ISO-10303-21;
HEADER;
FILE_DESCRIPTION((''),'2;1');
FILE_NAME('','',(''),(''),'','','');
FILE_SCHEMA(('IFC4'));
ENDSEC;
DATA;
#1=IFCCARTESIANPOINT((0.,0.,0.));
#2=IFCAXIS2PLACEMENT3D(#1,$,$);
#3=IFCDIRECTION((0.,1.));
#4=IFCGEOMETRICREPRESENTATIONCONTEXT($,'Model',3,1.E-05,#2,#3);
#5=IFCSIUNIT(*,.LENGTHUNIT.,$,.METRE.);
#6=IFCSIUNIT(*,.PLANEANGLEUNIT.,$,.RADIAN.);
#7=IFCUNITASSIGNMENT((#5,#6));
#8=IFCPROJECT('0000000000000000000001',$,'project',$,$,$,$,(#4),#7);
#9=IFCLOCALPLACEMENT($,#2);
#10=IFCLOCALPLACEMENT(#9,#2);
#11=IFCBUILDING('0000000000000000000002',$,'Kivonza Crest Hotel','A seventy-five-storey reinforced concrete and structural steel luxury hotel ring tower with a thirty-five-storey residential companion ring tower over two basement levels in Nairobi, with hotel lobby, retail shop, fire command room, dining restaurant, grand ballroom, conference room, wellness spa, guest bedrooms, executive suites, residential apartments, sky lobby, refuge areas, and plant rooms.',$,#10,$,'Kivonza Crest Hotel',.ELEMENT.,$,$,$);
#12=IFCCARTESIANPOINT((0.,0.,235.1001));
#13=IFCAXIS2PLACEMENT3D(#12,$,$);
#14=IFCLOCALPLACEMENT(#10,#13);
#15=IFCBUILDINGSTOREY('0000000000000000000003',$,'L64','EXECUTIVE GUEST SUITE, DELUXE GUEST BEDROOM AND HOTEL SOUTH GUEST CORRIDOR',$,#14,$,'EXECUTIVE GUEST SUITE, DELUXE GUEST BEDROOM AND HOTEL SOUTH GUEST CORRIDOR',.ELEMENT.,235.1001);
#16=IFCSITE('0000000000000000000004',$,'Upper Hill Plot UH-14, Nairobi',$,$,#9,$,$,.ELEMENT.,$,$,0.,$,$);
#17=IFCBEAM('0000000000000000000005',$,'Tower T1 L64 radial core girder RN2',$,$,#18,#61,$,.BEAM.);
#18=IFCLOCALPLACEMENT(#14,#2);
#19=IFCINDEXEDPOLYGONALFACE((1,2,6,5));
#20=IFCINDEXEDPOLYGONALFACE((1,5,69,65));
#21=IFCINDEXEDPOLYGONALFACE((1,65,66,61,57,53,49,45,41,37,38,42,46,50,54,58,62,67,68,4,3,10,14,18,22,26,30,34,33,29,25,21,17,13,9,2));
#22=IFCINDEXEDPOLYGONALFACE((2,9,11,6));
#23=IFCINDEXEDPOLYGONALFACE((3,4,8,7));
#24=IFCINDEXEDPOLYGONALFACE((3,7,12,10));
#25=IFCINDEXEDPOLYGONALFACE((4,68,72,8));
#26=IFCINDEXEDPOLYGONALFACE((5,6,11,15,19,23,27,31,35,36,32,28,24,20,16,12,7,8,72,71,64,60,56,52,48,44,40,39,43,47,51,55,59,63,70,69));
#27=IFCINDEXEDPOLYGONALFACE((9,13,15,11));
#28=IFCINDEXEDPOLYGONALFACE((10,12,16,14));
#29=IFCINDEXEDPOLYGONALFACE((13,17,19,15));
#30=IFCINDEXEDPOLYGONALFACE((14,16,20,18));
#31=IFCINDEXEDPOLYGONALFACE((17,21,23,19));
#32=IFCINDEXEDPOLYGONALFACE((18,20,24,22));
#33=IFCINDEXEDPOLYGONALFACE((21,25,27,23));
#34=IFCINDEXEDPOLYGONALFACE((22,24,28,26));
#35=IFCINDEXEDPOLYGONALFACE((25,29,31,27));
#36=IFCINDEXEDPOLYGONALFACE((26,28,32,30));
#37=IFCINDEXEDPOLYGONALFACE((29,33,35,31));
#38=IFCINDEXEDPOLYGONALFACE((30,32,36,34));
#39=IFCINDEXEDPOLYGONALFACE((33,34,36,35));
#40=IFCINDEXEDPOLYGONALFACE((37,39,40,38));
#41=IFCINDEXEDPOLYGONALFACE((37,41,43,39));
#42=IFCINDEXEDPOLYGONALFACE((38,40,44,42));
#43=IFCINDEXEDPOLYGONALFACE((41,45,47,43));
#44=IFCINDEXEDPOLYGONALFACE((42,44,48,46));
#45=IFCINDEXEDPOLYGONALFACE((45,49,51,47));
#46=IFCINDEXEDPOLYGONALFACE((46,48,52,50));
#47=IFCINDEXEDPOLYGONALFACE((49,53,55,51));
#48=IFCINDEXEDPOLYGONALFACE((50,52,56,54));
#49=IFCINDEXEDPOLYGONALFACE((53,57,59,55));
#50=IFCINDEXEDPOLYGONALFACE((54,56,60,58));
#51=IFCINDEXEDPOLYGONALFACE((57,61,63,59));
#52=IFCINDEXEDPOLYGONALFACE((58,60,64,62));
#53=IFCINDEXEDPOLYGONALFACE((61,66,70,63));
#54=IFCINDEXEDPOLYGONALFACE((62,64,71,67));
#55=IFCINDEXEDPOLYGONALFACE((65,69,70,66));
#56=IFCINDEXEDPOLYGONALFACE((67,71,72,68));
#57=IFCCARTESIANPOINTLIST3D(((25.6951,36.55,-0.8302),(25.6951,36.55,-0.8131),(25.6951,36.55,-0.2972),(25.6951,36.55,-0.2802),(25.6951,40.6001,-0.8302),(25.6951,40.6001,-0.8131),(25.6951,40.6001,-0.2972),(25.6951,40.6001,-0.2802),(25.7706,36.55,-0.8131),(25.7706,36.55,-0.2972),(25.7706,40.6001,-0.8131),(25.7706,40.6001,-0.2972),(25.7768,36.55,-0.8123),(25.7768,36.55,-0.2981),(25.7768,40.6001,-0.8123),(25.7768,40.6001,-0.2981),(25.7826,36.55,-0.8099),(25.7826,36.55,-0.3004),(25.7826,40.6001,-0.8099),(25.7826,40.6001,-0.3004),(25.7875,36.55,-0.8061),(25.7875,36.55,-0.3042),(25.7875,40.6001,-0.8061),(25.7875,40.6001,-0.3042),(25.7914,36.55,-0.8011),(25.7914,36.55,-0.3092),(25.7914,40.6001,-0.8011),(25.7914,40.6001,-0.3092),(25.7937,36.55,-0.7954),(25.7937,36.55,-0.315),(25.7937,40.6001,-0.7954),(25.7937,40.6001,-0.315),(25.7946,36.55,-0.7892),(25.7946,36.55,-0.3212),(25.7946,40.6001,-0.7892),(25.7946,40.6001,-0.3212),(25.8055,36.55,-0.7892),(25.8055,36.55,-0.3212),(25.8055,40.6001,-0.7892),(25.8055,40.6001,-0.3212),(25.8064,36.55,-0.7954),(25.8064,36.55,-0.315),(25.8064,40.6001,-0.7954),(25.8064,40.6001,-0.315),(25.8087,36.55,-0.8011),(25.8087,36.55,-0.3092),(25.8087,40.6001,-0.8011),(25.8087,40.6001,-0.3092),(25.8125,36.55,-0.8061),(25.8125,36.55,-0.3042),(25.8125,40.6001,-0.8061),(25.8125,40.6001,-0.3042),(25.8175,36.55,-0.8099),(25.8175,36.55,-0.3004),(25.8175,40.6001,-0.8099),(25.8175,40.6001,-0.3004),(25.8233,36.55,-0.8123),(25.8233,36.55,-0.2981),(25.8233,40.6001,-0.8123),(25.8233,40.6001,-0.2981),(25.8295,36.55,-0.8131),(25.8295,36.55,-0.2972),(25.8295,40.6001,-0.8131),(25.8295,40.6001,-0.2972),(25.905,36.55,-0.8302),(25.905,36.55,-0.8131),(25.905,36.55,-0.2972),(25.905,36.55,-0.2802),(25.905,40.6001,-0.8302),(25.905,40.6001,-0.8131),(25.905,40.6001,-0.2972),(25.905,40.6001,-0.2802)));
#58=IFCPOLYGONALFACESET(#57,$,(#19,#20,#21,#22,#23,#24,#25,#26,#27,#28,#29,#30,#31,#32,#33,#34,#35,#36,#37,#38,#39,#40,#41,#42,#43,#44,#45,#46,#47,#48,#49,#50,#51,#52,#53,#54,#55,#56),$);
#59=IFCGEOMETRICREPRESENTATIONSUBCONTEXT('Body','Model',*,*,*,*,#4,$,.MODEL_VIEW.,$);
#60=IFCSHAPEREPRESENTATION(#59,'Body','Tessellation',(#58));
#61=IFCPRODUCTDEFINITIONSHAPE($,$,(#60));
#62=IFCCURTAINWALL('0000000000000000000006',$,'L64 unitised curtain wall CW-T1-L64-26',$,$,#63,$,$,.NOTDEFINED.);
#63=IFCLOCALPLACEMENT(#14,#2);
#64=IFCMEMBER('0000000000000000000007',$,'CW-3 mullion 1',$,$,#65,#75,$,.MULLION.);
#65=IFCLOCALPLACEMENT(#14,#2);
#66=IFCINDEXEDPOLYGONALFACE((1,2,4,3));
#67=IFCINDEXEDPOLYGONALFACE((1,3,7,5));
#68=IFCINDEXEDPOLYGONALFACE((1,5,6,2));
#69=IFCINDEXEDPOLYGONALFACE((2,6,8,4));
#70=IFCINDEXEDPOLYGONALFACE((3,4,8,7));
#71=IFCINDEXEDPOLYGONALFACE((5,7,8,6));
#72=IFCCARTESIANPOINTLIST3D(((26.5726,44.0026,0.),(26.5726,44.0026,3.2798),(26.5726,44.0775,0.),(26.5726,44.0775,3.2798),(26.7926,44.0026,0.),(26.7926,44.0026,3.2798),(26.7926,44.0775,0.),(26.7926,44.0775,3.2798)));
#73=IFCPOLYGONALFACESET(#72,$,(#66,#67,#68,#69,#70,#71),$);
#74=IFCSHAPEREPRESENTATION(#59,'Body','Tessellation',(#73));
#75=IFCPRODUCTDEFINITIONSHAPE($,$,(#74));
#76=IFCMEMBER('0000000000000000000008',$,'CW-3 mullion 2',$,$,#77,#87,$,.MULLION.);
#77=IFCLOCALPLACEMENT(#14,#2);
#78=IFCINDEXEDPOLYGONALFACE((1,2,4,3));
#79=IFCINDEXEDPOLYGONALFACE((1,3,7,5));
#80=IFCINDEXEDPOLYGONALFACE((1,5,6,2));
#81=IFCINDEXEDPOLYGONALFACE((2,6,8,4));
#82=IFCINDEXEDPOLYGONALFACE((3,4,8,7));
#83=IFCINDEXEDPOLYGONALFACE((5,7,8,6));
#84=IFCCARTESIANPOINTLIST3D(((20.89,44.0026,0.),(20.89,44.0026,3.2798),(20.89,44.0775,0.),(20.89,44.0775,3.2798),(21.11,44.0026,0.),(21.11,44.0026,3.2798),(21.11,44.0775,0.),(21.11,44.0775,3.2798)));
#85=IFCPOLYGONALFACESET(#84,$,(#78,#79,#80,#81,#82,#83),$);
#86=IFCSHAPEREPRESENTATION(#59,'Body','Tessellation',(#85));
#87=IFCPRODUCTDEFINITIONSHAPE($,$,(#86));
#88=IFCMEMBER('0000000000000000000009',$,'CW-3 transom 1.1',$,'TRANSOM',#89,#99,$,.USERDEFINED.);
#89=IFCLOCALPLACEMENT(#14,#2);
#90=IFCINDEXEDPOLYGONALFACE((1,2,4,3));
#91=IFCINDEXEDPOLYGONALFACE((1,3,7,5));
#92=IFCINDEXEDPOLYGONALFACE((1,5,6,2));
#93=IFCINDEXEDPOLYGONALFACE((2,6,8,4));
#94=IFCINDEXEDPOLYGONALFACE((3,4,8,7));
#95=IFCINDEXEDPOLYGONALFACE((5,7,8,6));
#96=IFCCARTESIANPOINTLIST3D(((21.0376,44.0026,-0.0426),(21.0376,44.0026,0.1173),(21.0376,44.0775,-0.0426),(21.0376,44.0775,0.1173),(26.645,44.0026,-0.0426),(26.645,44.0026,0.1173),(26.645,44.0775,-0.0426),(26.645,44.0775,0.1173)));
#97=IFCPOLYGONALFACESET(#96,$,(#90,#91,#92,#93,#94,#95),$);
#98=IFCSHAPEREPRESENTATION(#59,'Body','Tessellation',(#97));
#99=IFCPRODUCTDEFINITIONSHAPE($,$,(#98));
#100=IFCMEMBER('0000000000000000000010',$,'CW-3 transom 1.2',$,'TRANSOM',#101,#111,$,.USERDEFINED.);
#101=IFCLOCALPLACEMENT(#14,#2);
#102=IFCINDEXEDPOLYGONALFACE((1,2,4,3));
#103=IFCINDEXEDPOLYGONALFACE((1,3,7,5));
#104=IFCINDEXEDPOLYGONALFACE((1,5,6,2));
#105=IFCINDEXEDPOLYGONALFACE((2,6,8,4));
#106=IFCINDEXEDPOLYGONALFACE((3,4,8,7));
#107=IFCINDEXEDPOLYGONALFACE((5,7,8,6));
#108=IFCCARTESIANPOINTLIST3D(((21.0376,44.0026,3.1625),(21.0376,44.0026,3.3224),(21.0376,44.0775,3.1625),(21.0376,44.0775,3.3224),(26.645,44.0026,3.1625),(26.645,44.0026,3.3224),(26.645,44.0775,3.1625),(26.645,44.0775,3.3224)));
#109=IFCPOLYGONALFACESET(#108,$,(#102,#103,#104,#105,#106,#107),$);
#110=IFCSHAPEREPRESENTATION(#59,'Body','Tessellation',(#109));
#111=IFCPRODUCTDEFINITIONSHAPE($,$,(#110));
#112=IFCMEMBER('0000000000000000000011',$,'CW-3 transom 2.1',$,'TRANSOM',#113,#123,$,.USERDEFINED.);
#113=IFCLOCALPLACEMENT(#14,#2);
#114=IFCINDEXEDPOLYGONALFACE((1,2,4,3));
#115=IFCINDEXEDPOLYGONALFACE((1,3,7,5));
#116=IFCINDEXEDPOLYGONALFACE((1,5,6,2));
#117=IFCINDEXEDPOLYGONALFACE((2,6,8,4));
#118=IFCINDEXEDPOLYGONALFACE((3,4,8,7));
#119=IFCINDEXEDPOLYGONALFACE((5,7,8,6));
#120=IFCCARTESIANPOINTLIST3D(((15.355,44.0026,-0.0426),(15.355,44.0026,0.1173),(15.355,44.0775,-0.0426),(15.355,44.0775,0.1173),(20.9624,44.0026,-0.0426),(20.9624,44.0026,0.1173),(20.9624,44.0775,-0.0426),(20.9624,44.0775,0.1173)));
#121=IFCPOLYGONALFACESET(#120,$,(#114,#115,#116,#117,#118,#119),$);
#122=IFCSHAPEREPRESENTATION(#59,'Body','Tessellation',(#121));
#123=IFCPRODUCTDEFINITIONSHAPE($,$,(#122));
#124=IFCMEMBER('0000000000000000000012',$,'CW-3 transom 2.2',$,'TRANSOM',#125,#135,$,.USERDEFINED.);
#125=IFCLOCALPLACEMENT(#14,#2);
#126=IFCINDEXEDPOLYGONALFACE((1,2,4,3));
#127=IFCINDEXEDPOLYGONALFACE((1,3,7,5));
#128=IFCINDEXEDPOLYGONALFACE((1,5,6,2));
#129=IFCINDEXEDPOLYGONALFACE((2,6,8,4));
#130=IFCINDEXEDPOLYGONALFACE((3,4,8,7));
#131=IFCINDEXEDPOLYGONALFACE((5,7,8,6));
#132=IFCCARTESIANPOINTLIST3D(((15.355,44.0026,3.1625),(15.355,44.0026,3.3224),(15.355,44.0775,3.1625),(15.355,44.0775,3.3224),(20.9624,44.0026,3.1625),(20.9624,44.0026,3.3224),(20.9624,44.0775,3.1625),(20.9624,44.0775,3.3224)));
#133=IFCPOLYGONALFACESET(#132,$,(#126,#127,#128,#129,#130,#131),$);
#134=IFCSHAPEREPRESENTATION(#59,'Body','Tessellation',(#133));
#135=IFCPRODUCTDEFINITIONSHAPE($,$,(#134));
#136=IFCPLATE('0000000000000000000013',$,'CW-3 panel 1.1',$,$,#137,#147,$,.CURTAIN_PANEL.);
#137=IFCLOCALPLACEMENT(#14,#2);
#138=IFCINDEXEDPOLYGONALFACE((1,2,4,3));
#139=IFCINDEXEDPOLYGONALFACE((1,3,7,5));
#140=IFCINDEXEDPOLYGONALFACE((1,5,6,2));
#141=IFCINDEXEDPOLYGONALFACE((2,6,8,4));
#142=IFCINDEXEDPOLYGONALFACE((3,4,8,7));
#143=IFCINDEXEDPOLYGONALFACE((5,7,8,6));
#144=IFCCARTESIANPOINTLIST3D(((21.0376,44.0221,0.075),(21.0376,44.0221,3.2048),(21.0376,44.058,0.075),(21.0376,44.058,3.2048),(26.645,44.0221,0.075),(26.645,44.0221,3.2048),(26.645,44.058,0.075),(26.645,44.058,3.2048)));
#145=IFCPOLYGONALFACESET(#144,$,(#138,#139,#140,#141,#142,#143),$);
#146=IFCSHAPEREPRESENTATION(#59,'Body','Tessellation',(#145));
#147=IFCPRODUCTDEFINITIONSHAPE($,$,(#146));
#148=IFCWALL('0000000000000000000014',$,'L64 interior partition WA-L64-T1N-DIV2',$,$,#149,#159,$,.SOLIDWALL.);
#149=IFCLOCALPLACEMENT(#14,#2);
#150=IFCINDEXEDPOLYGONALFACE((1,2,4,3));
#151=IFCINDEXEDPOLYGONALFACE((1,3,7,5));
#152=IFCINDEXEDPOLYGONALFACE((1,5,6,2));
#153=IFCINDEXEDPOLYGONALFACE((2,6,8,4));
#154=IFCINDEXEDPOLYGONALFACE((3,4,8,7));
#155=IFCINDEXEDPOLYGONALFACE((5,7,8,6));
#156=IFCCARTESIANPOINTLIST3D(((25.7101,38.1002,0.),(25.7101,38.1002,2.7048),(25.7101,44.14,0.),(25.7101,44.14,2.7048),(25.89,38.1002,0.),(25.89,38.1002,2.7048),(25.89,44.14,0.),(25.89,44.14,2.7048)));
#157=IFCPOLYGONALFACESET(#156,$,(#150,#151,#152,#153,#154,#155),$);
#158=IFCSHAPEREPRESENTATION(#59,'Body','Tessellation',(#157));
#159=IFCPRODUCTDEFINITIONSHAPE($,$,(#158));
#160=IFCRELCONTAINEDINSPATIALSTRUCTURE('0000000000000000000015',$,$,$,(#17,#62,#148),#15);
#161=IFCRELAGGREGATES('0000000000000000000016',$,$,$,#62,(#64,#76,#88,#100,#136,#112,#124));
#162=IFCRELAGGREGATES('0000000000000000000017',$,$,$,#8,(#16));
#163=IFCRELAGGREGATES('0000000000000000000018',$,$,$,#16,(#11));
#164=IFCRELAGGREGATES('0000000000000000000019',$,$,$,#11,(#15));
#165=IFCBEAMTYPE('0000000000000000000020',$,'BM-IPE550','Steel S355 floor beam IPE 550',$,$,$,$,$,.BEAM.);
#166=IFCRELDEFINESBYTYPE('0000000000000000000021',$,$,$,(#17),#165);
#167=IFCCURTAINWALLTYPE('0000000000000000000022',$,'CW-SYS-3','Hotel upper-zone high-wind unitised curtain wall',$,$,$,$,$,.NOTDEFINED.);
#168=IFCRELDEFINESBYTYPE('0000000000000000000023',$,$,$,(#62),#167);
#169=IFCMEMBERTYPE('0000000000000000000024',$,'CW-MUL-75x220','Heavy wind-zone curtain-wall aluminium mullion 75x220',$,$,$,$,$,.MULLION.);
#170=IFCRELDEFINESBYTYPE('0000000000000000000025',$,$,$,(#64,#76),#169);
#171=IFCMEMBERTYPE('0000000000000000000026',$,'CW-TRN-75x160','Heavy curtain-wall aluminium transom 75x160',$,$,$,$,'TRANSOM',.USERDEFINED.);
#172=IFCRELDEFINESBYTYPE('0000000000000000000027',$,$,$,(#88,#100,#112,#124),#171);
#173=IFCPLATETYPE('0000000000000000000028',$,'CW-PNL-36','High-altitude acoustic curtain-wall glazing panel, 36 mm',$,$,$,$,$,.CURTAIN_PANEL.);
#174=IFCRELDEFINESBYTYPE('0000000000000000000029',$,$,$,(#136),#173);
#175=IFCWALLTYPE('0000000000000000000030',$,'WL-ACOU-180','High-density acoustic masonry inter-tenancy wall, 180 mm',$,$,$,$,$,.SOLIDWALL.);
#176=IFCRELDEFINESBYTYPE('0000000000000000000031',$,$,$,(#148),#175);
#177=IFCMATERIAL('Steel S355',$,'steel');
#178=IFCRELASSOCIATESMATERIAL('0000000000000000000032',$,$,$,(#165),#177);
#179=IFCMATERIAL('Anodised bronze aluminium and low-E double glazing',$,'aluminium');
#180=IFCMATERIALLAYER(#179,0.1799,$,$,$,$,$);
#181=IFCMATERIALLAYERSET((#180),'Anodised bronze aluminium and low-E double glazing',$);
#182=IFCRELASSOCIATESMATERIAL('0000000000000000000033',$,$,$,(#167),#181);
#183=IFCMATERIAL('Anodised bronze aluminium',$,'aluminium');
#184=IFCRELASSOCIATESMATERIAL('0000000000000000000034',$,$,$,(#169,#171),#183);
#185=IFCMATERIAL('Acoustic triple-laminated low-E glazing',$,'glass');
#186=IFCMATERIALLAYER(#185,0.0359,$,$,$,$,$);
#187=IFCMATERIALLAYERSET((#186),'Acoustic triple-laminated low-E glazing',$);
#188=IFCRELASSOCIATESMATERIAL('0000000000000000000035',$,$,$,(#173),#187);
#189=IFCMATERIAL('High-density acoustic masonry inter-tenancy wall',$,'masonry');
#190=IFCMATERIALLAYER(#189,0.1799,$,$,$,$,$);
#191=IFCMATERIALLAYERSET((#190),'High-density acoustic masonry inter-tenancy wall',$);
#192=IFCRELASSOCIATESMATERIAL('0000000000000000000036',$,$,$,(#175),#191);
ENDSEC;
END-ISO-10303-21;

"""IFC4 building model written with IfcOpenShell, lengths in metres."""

from ifc_helpers import new_model, si_unit, direction, frame, frame_2d, origin, origin_2d, place, context, subcontext, project, spatial, rectangle, i_section, extrude, material, layer, layer_set, material_profile, profile_set, type_object, element, aggregate, save


model = new_model("IFC4")

# Units and contexts
model_context = context("Model", 3, precision=1e-05, world=origin(), true_north=direction((0.0, 1.0)))
body_context = subcontext(model_context, "Body", "Model", "MODEL_VIEW")
ifc_project = project(units=[si_unit("LENGTHUNIT", "METRE"), si_unit("PLANEANGLEUNIT", "RADIAN")], contexts=[model_context])

# Site, building, storey
site_placement = place(None, origin())
site = spatial("IfcSite", under=ifc_project, at=site_placement, Name="Upper Hill Plot UH-14, Nairobi", CompositionType="ELEMENT", RefElevation=0.0)
building_placement = place(site_placement, origin())
building = spatial("IfcBuilding", under=site, at=building_placement, Name="Kivonza Crest Hotel", Description="A seventy-five-storey reinforced concrete and structural steel luxury hotel ring tower with a thirty-five-storey residential companion ring tower over two basement levels in Nairobi, with hotel lobby, retail shop, fire command room, dining restaurant, grand ballroom, conference room, wellness spa, guest bedrooms, executive suites, residential apartments, sky lobby, refuge areas, and plant rooms.", LongName="Kivonza Crest Hotel", CompositionType="ELEMENT")
storey_placement = place(building_placement, frame((0.0, 0.0, 235.1001)))
storey = spatial("IfcBuildingStorey", under=building, at=storey_placement, Name="L64", Description="EXECUTIVE GUEST SUITE, DELUXE GUEST BEDROOM AND HOTEL SOUTH GUEST CORRIDOR", LongName="EXECUTIVE GUEST SUITE, DELUXE GUEST BEDROOM AND HOTEL SOUTH GUEST CORRIDOR", CompositionType="ELEMENT", Elevation=235.1001)

# Beam
ifc_material_1 = material(Name="Steel S355", Category="steel")
ifc_material_profile_1 = material_profile(ifc_material_1, i_section(OverallWidth=0.21, OverallDepth=0.55, WebThickness=0.011, FlangeThickness=0.0171, FilletRadius=0.0239, at=origin_2d()), Name="IPE 550")
ifc_profile_set_1 = profile_set([ifc_material_profile_1], Name="Steel S355")
beam_type_1 = type_object("IfcBeamType", Name="BM-IPE550", Description="Steel S355 floor beam IPE 550", PredefinedType="BEAM", material=ifc_profile_set_1)
beam_1_placement = place(storey_placement, frame((25.8, 40.6001, -0.5552), z_axis=(0.0, -1.0, 0.0), x_axis=(1.0, 0.0, 0.0)))
element("IfcBeam", 1, at=beam_1_placement, inside=storey, type_object=beam_type_1, Name="Tower T1 L64 radial core girder RN2", PredefinedType="BEAM", context=body_context, shape_type="SweptSolid", body=[
    extrude(i_section(OverallWidth=0.21, OverallDepth=0.55, WebThickness=0.011, FlangeThickness=0.0171, FilletRadius=0.0239, at=origin_2d()), origin(), (0.0, 0.0, 1.0), 4.05),
])

# Curtain wall, members, plate
ifc_material_2 = material(Name="Anodised bronze aluminium and low-E double glazing", Category="aluminium")
ifc_layer_1 = layer(ifc_material_2, 0.1799)
ifc_layer_set_1 = layer_set([ifc_layer_1], Name="Anodised bronze aluminium and low-E double glazing")
curtain_wall_type = type_object("IfcCurtainWallType", Name="CW-SYS-3", Description="Hotel upper-zone high-wind unitised curtain wall", PredefinedType="NOTDEFINED", material=ifc_layer_set_1)
curtain_wall_placement = place(storey_placement, origin())
curtain_wall = element("IfcCurtainWall", 2, at=curtain_wall_placement, inside=storey, type_object=curtain_wall_type, Name="L64 unitised curtain wall CW-T1-L64-26", PredefinedType="NOTDEFINED")
ifc_material_3 = material(Name="Anodised bronze aluminium", Category="aluminium")
ifc_material_profile_2 = material_profile(ifc_material_3, rectangle(XDim=0.075, YDim=0.22, at=origin_2d()), Name="CW-M 75x220")
ifc_profile_set_2 = profile_set([ifc_material_profile_2], Name="Anodised bronze aluminium")
member_type_1 = type_object("IfcMemberType", Name="CW-MUL-75x220", Description="Heavy wind-zone curtain-wall aluminium mullion 75x220", PredefinedType="MULLION", material=ifc_profile_set_2)
member_1_placement = place(storey_placement, frame((26.6826, 44.04, 0.0), z_axis=(0.0, 0.0, 1.0), x_axis=(0.0, -1.0, 0.0)))
member_1 = element("IfcMember", 3, at=member_1_placement, type_object=member_type_1, Name="CW-3 mullion 1", PredefinedType="MULLION", context=body_context, shape_type="SweptSolid", body=[
    extrude(rectangle(XDim=0.075, YDim=0.22, at=origin_2d()), origin(), (0.0, 0.0, 1.0), 3.2798),
])
member_2_placement = place(storey_placement, frame((21.0, 44.04, 0.0), z_axis=(0.0, 0.0, 1.0), x_axis=(0.0, -1.0, 0.0)))
member_2 = element("IfcMember", 4, at=member_2_placement, type_object=member_type_1, Name="CW-3 mullion 2", PredefinedType="MULLION", context=body_context, shape_type="SweptSolid", body=[
    extrude(rectangle(XDim=0.075, YDim=0.22, at=origin_2d()), origin(), (0.0, 0.0, 1.0), 3.2798),
])
ifc_material_profile_3 = material_profile(ifc_material_3, rectangle(XDim=0.075, YDim=0.1599, at=origin_2d()), Name="CW-T 75x160")
ifc_profile_set_3 = profile_set([ifc_material_profile_3], Name="Anodised bronze aluminium")
member_type_2 = type_object("IfcMemberType", Name="CW-TRN-75x160", Description="Heavy curtain-wall aluminium transom 75x160", ElementType="TRANSOM", PredefinedType="USERDEFINED", material=ifc_profile_set_3)
member_3_placement = place(storey_placement, frame((26.645, 44.04, 0.0374), z_axis=(-1.0, 0.0, 0.0), x_axis=(0.0, -1.0, 0.0)))
member_3 = element("IfcMember", 5, at=member_3_placement, type_object=member_type_2, Name="CW-3 transom 1.1", ObjectType="TRANSOM", PredefinedType="USERDEFINED", context=body_context, shape_type="SweptSolid", body=[
    extrude(rectangle(XDim=0.075, YDim=0.1599, at=origin_2d()), origin(), (0.0, 0.0, 1.0), 5.6074),
])
member_4_placement = place(storey_placement, frame((26.645, 44.04, 3.2424), z_axis=(-1.0, 0.0, 0.0), x_axis=(0.0, -1.0, 0.0)))
member_4 = element("IfcMember", 6, at=member_4_placement, type_object=member_type_2, Name="CW-3 transom 1.2", ObjectType="TRANSOM", PredefinedType="USERDEFINED", context=body_context, shape_type="SweptSolid", body=[
    extrude(rectangle(XDim=0.075, YDim=0.1599, at=origin_2d()), origin(), (0.0, 0.0, 1.0), 5.6074),
])
member_5_placement = place(storey_placement, frame((20.9624, 44.04, 0.0374), z_axis=(-1.0, 0.0, 0.0), x_axis=(0.0, -1.0, 0.0)))
member_5 = element("IfcMember", 7, at=member_5_placement, type_object=member_type_2, Name="CW-3 transom 2.1", ObjectType="TRANSOM", PredefinedType="USERDEFINED", context=body_context, shape_type="SweptSolid", body=[
    extrude(rectangle(XDim=0.075, YDim=0.1599, at=origin_2d()), origin(), (0.0, 0.0, 1.0), 5.6074),
])
member_6_placement = place(storey_placement, frame((20.9624, 44.04, 3.2424), z_axis=(-1.0, 0.0, 0.0), x_axis=(0.0, -1.0, 0.0)))
member_6 = element("IfcMember", 8, at=member_6_placement, type_object=member_type_2, Name="CW-3 transom 2.2", ObjectType="TRANSOM", PredefinedType="USERDEFINED", context=body_context, shape_type="SweptSolid", body=[
    extrude(rectangle(XDim=0.075, YDim=0.1599, at=origin_2d()), origin(), (0.0, 0.0, 1.0), 5.6074),
])
ifc_material_4 = material(Name="Acoustic triple-laminated low-E glazing", Category="glass")
ifc_layer_2 = layer(ifc_material_4, 0.0359)
ifc_layer_set_2 = layer_set([ifc_layer_2], Name="Acoustic triple-laminated low-E glazing")
plate_type = type_object("IfcPlateType", Name="CW-PNL-36", Description="High-altitude acoustic curtain-wall glazing panel, 36 mm", PredefinedType="CURTAIN_PANEL", material=ifc_layer_set_2)
plate_placement = place(storey_placement, frame((23.8413, 44.04, 0.075), z_axis=(0.0, 0.0, 1.0), x_axis=(-1.0, 0.0, 0.0)))
plate = element("IfcPlate", 9, at=plate_placement, type_object=plate_type, Name="CW-3 panel 1.1", PredefinedType="CURTAIN_PANEL", context=body_context, shape_type="SweptSolid", body=[
    extrude(rectangle(XDim=5.6074, YDim=0.0359, at=origin_2d()), origin(), (0.0, 0.0, 1.0), 3.1299),
])
aggregate(curtain_wall, [member_1, member_2, member_3, member_4, plate, member_5, member_6])

# Wall
ifc_material_5 = material(Name="High-density acoustic masonry inter-tenancy wall", Category="masonry")
ifc_layer_3 = layer(ifc_material_5, 0.1799)
ifc_layer_set_3 = layer_set([ifc_layer_3], Name="High-density acoustic masonry inter-tenancy wall")
wall_type_1 = type_object("IfcWallType", Name="WL-ACOU-180", Description="High-density acoustic masonry inter-tenancy wall, 180 mm", PredefinedType="SOLIDWALL", material=ifc_layer_set_3)
wall_1_placement = place(storey_placement, frame((25.8, 38.1001, 0.0), z_axis=(0.0, 0.0, 1.0), x_axis=(0.0, 1.0, 0.0)))
element("IfcWall", 10, at=wall_1_placement, inside=storey, type_object=wall_type_1, Name="L64 interior partition WA-L64-T1N-DIV2", PredefinedType="SOLIDWALL", context=body_context, shape_type="SweptSolid", body=[
    extrude(rectangle(XDim=6.0398, YDim=0.1799, at=frame_2d((3.02, 0.0))), origin(), (0.0, 0.0, 1.0), 2.7048),
])

save(model, "model.ifc")
